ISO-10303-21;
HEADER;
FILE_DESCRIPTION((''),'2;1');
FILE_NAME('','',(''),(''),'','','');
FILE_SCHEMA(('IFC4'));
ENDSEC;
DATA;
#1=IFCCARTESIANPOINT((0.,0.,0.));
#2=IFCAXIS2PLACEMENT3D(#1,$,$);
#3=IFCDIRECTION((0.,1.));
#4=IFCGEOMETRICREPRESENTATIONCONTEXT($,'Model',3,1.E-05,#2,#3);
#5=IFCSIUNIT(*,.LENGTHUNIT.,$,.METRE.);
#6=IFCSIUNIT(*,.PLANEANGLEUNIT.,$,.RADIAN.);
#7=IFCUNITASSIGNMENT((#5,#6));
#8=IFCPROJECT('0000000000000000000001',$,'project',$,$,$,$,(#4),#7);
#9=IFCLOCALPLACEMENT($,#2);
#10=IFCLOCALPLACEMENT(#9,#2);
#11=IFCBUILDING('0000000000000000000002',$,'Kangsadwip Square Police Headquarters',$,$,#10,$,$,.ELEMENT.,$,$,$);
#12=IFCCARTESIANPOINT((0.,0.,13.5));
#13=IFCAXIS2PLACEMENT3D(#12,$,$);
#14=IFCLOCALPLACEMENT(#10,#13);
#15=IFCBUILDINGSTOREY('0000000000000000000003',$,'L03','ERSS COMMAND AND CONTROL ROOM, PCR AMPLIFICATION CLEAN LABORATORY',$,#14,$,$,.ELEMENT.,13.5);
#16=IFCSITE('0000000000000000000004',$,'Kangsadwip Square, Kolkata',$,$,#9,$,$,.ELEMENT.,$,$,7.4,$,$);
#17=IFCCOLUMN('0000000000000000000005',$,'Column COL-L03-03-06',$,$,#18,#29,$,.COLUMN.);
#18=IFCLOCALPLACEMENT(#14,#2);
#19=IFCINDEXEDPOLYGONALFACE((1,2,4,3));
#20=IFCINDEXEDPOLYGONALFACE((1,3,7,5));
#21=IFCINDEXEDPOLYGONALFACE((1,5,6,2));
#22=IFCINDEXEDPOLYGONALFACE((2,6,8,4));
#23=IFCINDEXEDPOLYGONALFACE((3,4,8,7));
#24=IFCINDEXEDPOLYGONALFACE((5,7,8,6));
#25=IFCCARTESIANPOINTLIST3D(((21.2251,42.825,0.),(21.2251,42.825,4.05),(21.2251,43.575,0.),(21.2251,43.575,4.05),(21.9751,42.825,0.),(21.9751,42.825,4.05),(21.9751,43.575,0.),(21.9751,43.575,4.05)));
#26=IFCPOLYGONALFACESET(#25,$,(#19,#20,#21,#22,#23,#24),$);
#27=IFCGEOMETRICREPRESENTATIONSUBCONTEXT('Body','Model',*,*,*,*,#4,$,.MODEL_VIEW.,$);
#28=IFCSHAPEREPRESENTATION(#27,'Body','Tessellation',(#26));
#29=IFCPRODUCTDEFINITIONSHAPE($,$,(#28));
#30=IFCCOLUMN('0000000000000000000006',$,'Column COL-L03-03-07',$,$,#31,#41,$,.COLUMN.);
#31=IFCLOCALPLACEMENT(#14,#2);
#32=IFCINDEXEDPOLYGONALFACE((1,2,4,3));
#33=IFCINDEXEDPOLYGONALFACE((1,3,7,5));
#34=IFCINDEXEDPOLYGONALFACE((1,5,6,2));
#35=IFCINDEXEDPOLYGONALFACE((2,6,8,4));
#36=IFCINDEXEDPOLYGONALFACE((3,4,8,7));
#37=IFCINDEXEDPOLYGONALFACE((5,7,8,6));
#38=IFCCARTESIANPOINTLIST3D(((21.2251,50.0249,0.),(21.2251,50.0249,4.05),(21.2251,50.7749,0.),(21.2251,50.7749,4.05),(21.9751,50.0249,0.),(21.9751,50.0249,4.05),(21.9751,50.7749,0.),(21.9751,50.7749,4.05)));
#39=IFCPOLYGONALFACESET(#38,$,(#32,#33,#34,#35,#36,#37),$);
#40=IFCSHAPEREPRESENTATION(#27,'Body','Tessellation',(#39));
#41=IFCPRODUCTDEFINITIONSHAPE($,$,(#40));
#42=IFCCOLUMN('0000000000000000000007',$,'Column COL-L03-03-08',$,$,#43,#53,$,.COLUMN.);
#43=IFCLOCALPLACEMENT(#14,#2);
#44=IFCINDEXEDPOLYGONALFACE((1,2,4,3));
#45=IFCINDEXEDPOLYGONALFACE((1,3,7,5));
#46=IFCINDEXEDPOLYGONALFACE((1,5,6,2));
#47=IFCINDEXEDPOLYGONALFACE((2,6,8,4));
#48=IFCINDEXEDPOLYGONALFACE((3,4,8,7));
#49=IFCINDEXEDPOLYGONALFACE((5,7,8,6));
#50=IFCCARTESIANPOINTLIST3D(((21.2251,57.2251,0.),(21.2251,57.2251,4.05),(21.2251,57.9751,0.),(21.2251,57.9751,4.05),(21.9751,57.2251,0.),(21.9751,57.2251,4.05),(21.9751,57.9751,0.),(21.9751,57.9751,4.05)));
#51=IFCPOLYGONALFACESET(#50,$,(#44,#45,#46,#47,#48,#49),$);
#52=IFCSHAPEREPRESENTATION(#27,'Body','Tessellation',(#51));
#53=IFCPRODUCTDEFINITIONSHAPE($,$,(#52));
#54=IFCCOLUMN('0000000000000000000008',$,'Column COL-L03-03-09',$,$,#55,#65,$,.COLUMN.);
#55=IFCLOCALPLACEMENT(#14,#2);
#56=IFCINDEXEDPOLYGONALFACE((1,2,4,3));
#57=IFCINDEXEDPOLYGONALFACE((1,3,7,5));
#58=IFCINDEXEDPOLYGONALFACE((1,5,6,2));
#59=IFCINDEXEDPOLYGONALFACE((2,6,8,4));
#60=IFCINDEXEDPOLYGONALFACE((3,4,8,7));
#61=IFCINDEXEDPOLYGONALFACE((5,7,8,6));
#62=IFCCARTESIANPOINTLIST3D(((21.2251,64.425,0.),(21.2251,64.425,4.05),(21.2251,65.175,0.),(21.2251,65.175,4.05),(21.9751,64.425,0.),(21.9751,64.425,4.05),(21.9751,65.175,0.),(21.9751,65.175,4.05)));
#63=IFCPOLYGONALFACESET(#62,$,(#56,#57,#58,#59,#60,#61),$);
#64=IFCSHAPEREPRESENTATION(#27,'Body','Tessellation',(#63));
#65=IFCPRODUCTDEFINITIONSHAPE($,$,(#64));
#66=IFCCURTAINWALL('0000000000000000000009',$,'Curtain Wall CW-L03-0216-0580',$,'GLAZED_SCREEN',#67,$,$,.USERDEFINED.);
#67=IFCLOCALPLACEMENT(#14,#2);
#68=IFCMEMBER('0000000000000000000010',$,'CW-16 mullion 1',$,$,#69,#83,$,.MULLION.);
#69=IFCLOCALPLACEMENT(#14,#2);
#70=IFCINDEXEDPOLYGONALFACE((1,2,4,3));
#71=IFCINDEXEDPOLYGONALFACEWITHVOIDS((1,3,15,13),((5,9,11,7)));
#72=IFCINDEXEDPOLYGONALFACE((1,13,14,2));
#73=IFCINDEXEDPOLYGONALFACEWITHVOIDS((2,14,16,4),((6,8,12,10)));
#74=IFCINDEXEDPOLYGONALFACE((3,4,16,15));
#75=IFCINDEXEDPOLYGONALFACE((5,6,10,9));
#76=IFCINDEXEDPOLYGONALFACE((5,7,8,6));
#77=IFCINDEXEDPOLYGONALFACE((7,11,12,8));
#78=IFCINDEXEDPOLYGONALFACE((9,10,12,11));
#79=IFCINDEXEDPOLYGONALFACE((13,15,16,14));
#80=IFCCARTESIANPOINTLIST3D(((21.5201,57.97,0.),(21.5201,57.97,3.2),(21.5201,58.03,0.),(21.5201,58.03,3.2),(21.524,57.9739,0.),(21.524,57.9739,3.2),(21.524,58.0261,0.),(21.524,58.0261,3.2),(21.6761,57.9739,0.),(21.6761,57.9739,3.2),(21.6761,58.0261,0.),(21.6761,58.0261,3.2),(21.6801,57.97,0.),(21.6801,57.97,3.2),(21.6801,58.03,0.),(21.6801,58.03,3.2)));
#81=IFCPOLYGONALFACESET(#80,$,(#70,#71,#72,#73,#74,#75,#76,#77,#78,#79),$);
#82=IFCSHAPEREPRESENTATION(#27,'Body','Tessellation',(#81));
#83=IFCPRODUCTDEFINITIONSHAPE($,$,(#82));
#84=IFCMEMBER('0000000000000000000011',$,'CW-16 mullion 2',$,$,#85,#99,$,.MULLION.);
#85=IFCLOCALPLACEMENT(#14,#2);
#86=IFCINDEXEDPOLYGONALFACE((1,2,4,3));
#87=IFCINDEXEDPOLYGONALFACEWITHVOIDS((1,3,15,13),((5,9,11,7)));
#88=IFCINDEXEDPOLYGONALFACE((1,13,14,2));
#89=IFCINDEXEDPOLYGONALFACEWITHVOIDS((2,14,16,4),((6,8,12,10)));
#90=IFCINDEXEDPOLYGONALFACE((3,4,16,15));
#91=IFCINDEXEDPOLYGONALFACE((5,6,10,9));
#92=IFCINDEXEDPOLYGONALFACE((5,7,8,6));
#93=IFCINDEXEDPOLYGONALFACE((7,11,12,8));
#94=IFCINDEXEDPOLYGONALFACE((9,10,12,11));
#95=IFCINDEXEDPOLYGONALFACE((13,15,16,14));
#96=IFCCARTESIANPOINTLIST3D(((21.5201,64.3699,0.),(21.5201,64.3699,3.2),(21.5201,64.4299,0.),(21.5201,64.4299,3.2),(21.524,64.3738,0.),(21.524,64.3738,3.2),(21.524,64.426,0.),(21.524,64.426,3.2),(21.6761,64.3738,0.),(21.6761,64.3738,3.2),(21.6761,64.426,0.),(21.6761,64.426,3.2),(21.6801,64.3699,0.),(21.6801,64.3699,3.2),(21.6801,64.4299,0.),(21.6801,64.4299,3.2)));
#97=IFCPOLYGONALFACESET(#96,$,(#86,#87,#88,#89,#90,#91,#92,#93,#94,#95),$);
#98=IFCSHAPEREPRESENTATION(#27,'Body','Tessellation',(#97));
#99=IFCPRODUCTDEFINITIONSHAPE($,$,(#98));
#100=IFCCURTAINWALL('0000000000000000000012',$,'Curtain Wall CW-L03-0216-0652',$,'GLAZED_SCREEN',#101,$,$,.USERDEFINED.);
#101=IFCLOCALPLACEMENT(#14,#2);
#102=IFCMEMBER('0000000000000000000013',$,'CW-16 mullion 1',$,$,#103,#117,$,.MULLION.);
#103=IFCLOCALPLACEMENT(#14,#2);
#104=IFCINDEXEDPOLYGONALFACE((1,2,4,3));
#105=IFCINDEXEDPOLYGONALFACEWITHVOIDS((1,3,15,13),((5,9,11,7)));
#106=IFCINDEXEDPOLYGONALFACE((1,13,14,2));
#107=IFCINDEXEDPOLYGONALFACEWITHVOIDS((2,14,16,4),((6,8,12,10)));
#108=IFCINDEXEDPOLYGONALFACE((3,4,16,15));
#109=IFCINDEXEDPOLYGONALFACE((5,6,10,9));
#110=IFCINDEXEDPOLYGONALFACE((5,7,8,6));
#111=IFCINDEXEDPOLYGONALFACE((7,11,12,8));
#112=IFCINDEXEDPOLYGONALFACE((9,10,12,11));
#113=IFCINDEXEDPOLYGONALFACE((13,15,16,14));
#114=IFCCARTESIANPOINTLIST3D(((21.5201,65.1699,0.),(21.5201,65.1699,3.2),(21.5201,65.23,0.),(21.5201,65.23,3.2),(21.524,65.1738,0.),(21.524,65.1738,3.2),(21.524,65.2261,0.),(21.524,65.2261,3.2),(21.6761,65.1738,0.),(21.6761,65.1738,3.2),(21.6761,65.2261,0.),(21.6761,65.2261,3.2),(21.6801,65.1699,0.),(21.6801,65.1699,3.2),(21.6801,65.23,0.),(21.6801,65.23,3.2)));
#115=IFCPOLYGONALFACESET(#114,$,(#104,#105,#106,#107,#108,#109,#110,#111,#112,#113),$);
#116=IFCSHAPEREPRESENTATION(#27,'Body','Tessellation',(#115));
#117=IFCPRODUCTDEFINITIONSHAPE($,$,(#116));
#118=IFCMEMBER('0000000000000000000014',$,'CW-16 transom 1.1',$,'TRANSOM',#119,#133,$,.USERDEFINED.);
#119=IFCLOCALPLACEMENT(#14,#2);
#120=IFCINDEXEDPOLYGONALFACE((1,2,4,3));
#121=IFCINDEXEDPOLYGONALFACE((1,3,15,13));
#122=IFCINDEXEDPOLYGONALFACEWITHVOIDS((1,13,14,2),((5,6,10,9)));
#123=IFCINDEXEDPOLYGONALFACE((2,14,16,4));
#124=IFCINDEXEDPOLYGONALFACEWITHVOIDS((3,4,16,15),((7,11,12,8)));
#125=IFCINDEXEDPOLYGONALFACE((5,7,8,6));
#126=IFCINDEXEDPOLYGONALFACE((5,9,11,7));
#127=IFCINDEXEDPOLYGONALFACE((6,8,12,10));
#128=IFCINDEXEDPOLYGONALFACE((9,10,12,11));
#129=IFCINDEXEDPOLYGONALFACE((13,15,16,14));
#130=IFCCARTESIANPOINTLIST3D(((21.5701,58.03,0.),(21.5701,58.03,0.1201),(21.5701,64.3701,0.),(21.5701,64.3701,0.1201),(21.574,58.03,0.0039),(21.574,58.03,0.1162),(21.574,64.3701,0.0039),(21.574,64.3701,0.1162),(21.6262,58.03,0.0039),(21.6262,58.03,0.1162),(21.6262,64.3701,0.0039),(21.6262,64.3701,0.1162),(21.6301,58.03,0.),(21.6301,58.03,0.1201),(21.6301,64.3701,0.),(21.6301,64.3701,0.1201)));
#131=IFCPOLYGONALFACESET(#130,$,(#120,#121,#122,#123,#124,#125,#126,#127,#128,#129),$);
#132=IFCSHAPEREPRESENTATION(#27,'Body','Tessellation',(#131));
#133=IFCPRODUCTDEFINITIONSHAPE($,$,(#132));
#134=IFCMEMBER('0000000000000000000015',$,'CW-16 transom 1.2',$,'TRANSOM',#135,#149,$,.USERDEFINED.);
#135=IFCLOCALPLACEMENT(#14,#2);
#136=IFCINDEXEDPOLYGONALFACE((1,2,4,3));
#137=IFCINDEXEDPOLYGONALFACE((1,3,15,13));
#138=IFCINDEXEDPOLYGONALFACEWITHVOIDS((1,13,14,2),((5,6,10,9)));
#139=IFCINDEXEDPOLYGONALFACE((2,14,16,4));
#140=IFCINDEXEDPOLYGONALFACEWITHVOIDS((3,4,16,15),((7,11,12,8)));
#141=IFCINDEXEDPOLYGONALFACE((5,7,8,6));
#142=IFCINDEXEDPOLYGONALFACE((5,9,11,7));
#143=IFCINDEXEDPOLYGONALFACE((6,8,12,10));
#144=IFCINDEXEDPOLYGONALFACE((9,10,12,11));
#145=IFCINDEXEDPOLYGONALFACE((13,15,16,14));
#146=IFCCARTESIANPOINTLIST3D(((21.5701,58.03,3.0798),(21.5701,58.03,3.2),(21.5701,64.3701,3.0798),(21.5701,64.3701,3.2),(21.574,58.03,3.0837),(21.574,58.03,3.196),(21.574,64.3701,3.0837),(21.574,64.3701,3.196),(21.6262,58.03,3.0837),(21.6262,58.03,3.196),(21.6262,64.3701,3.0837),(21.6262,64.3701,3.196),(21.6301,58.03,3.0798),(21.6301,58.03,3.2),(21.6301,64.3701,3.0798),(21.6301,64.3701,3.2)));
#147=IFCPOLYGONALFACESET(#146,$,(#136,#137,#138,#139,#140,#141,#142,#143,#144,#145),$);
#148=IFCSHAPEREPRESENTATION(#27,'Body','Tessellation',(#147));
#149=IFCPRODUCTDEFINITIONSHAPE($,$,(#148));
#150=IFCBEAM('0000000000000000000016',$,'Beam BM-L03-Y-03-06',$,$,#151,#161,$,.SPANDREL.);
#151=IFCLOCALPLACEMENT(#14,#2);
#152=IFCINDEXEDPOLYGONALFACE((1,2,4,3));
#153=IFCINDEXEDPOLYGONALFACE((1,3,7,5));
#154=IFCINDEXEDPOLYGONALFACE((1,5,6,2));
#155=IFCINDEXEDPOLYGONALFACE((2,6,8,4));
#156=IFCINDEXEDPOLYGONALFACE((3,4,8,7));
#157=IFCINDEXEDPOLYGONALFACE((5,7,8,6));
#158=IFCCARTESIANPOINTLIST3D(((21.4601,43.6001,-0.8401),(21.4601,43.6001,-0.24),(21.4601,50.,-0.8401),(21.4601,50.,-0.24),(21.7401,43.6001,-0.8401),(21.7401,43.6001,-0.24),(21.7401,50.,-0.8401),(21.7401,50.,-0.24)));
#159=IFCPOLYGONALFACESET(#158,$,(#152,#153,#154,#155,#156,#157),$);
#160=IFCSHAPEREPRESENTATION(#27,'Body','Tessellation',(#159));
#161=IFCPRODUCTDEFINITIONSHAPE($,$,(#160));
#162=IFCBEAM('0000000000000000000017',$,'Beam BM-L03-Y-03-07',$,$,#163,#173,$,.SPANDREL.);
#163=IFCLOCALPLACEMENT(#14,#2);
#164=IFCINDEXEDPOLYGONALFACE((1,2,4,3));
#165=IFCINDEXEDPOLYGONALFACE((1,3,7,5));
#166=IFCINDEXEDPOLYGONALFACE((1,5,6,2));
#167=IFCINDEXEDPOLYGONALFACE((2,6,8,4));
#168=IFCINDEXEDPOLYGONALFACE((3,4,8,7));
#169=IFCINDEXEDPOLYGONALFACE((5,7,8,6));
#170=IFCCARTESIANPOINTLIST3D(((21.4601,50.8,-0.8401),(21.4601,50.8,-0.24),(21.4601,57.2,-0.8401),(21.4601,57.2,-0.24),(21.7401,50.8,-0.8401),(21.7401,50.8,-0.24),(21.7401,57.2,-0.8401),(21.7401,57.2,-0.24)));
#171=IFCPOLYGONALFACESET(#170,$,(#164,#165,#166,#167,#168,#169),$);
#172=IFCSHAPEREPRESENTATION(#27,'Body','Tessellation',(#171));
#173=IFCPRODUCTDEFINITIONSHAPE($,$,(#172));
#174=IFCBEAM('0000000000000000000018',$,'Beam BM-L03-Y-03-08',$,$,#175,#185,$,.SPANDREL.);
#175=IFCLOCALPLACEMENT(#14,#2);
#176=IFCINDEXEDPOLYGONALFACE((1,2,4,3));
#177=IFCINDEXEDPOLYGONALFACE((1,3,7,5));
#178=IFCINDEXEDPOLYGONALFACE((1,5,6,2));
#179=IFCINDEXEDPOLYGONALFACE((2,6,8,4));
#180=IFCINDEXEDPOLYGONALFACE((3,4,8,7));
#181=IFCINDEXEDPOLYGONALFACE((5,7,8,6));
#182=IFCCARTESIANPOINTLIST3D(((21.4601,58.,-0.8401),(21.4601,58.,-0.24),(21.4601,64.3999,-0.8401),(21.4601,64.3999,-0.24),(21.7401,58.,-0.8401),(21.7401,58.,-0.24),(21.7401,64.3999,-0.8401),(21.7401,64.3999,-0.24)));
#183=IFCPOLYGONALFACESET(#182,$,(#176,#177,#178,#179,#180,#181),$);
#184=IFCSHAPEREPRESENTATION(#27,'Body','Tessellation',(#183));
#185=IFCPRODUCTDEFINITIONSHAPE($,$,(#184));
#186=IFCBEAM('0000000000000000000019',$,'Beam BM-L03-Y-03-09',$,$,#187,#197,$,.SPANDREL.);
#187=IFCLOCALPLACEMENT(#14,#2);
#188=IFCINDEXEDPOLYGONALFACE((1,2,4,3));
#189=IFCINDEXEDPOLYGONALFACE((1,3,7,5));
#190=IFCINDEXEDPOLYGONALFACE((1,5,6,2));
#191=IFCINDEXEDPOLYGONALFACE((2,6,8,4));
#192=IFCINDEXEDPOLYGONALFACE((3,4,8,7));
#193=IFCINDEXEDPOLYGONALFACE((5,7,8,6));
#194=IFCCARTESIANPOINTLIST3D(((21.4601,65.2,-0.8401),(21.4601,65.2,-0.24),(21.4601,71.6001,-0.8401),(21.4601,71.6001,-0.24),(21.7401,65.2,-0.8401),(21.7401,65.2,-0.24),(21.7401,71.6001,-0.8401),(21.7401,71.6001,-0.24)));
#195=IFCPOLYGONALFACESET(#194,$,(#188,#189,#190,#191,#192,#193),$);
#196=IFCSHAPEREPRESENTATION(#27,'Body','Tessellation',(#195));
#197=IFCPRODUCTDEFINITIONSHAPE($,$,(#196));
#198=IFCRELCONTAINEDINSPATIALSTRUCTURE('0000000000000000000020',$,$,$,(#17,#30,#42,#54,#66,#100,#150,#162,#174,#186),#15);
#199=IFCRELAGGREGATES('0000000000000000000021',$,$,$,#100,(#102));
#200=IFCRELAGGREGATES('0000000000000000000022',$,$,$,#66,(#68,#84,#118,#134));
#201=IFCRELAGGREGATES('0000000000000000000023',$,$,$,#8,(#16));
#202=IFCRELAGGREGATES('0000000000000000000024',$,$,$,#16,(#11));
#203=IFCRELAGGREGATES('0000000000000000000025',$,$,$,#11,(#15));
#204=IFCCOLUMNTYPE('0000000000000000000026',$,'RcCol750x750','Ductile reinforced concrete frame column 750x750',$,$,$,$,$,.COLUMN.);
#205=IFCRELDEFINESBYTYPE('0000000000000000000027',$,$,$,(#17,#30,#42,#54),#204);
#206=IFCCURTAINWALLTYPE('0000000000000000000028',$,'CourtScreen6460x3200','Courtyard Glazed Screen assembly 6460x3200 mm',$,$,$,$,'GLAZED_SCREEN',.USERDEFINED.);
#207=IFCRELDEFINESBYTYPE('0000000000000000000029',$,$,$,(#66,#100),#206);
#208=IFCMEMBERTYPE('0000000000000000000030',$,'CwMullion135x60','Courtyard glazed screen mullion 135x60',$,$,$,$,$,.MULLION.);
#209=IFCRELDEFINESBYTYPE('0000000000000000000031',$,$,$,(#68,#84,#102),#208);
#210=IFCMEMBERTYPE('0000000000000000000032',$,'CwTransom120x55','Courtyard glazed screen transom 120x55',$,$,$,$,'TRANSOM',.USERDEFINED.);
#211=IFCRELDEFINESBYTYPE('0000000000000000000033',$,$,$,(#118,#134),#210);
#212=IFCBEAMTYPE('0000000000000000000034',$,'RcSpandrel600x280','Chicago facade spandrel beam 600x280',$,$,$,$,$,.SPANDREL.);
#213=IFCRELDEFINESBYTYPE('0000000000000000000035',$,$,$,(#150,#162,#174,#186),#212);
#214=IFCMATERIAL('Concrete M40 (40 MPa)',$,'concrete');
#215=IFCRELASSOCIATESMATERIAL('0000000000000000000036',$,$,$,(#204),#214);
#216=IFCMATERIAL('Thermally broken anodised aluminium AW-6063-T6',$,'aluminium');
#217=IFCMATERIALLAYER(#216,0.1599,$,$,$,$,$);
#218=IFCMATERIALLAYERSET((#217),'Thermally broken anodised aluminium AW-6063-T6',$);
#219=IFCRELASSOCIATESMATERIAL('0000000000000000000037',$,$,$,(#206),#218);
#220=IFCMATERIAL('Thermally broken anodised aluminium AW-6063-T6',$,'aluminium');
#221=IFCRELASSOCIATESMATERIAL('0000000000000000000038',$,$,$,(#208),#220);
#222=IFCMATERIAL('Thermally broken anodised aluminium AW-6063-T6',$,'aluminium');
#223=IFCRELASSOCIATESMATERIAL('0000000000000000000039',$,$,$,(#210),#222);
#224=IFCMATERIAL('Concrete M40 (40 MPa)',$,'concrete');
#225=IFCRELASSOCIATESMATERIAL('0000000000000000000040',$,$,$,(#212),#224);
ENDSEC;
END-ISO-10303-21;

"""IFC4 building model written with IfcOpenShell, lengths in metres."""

from ifc_helpers import new_model, si_unit, direction, frame, origin, origin_2d, place, context, subcontext, project, spatial, rectangle, hollow_rectangle, extrude, material, layer, layer_set, material_profile, profile_set, type_object, element, aggregate, save


model = new_model("IFC4")

# Units and contexts
model_context = context("Model", 3, precision=1e-05, world=origin(), true_north=direction((0.0, 1.0)))
body_context = subcontext(model_context, "Body", "Model", "MODEL_VIEW")
ifc_project = project(units=[si_unit("LENGTHUNIT", "METRE"), si_unit("PLANEANGLEUNIT", "RADIAN")], contexts=[model_context])

# Site, building, storey
site_placement = place(None, origin())
site = spatial("IfcSite", under=ifc_project, at=site_placement, Name="Kangsadwip Square, Kolkata", CompositionType="ELEMENT", RefElevation=7.4)
building_placement = place(site_placement, origin())
building = spatial("IfcBuilding", under=site, at=building_placement, Name="Kangsadwip Square Police Headquarters", CompositionType="ELEMENT")
storey_placement = place(building_placement, frame((0.0, 0.0, 13.5)))
storey = spatial("IfcBuildingStorey", under=building, at=storey_placement, Name="L03", Description="ERSS COMMAND AND CONTROL ROOM, PCR AMPLIFICATION CLEAN LABORATORY", CompositionType="ELEMENT", Elevation=13.5)

# Columns
ifc_material_1 = material(Name="Concrete M40 (40 MPa)", Category="concrete")
ifc_material_profile_1 = material_profile(ifc_material_1, rectangle(XDim=0.75, YDim=0.75, at=origin_2d()), Name="RC COL 750X750")
ifc_profile_set_1 = profile_set([ifc_material_profile_1], Name="Concrete M40 (40 MPa)")
column_type = type_object("IfcColumnType", Name="RcCol750x750", Description="Ductile reinforced concrete frame column 750x750", PredefinedType="COLUMN", material=ifc_profile_set_1)
for number, where, z_axis, x_axis, name in (
    (1, (21.6001, 43.2, 0.0), (0.0, 0.0, 1.0), (1.0, 0.0, 0.0), "Column COL-L03-03-06"),
    (2, (21.6001, 50.3999, 0.0), (0.0, 0.0, 1.0), (1.0, 0.0, 0.0), "Column COL-L03-03-07"),
    (3, (21.6001, 57.6001, 0.0), (0.0, 0.0, 1.0), (1.0, 0.0, 0.0), "Column COL-L03-03-08"),
    (4, (21.6001, 64.8, 0.0), (0.0, 0.0, 1.0), (1.0, 0.0, 0.0), "Column COL-L03-03-09"),
):
    element("IfcColumn", number, at=place(storey_placement, frame(where, z_axis=z_axis, x_axis=x_axis)), inside=storey, type_object=column_type, Name=name, PredefinedType="COLUMN", context=body_context, shape_type="SweptSolid", body=[
        extrude(rectangle(XDim=0.75, YDim=0.75, at=origin_2d()), origin(), (0.0, 0.0, 1.0), 4.05),
    ])

# Curtain wall, members
ifc_material_2 = material(Name="Thermally broken anodised aluminium AW-6063-T6", Category="aluminium")
ifc_layer_1 = layer(ifc_material_2, 0.1599)
ifc_layer_set_1 = layer_set([ifc_layer_1], Name="Thermally broken anodised aluminium AW-6063-T6")
curtain_wall_type = type_object("IfcCurtainWallType", Name="CourtScreen6460x3200", Description="Courtyard Glazed Screen assembly 6460x3200 mm", ElementType="GLAZED_SCREEN", PredefinedType="USERDEFINED", material=ifc_layer_set_1)
curtain_wall_1_placement = place(storey_placement, origin())
curtain_wall_1 = element("IfcCurtainWall", 5, at=curtain_wall_1_placement, inside=storey, type_object=curtain_wall_type, Name="Curtain Wall CW-L03-0216-0580", ObjectType="GLAZED_SCREEN", PredefinedType="USERDEFINED")
ifc_material_3 = material(Name="Thermally broken anodised aluminium AW-6063-T6", Category="aluminium")
ifc_material_profile_2 = material_profile(ifc_material_3, hollow_rectangle(XDim=0.0601, YDim=0.1599, WallThickness=0.0039, at=origin_2d()), Name="CWM 160X60X4")
ifc_profile_set_2 = profile_set([ifc_material_profile_2], Name="Thermally broken anodised aluminium AW-6063-T6")
member_type_1 = type_object("IfcMemberType", Name="CwMullion135x60", Description="Courtyard glazed screen mullion 135x60", PredefinedType="MULLION", material=ifc_profile_set_2)
member_1_placement = place(storey_placement, frame((21.6001, 58.0, 0.0), z_axis=(0.0, 0.0, 1.0), x_axis=(0.0, 1.0, 0.0)))
member_1 = element("IfcMember", 6, at=member_1_placement, type_object=member_type_1, Name="CW-16 mullion 1", PredefinedType="MULLION", context=body_context, shape_type="SweptSolid", body=[
    extrude(hollow_rectangle(XDim=0.0601, YDim=0.1599, WallThickness=0.0039, at=origin_2d()), origin(), (0.0, 0.0, 1.0), 3.2),
])
member_2_placement = place(storey_placement, frame((21.6001, 64.3999, 0.0), z_axis=(0.0, 0.0, 1.0), x_axis=(0.0, 1.0, 0.0)))
member_2 = element("IfcMember", 7, at=member_2_placement, type_object=member_type_1, Name="CW-16 mullion 2", PredefinedType="MULLION", context=body_context, shape_type="SweptSolid", body=[
    extrude(hollow_rectangle(XDim=0.0601, YDim=0.1599, WallThickness=0.0039, at=origin_2d()), origin(), (0.0, 0.0, 1.0), 3.2),
])

# Curtain wall, member
curtain_wall_2_placement = place(storey_placement, origin())
curtain_wall_2 = element("IfcCurtainWall", 8, at=curtain_wall_2_placement, inside=storey, type_object=curtain_wall_type, Name="Curtain Wall CW-L03-0216-0652", ObjectType="GLAZED_SCREEN", PredefinedType="USERDEFINED")
member_3_placement = place(storey_placement, frame((21.6001, 65.2, 0.0), z_axis=(0.0, 0.0, 1.0), x_axis=(0.0, 1.0, 0.0)))
member_3 = element("IfcMember", 9, at=member_3_placement, type_object=member_type_1, Name="CW-16 mullion 1", PredefinedType="MULLION", context=body_context, shape_type="SweptSolid", body=[
    extrude(hollow_rectangle(XDim=0.0601, YDim=0.1599, WallThickness=0.0039, at=origin_2d()), origin(), (0.0, 0.0, 1.0), 3.2),
])
aggregate(curtain_wall_2, [member_3])

# Members
ifc_material_4 = material(Name="Thermally broken anodised aluminium AW-6063-T6", Category="aluminium")
ifc_material_profile_3 = material_profile(ifc_material_4, hollow_rectangle(XDim=0.0601, YDim=0.1201, WallThickness=0.0039, at=origin_2d()), Name="CWT 120X60X4")
ifc_profile_set_3 = profile_set([ifc_material_profile_3], Name="Thermally broken anodised aluminium AW-6063-T6")
member_type_2 = type_object("IfcMemberType", Name="CwTransom120x55", Description="Courtyard glazed screen transom 120x55", ElementType="TRANSOM", PredefinedType="USERDEFINED", material=ifc_profile_set_3)
member_4_placement = place(storey_placement, frame((21.6001, 58.03, 0.0601), z_axis=(0.0, 1.0, 0.0), x_axis=(-1.0, 0.0, 0.0)))
member_4 = element("IfcMember", 10, at=member_4_placement, type_object=member_type_2, Name="CW-16 transom 1.1", ObjectType="TRANSOM", PredefinedType="USERDEFINED", context=body_context, shape_type="SweptSolid", body=[
    extrude(hollow_rectangle(XDim=0.0601, YDim=0.1201, WallThickness=0.0039, at=origin_2d()), origin(), (0.0, 0.0, 1.0), 6.3401),
])
member_5_placement = place(storey_placement, frame((21.6001, 58.03, 3.1399), z_axis=(0.0, 1.0, 0.0), x_axis=(-1.0, 0.0, 0.0)))
member_5 = element("IfcMember", 11, at=member_5_placement, type_object=member_type_2, Name="CW-16 transom 1.2", ObjectType="TRANSOM", PredefinedType="USERDEFINED", context=body_context, shape_type="SweptSolid", body=[
    extrude(hollow_rectangle(XDim=0.0601, YDim=0.1201, WallThickness=0.0039, at=origin_2d()), origin(), (0.0, 0.0, 1.0), 6.3401),
])

# Beams
ifc_material_5 = material(Name="Concrete M40 (40 MPa)", Category="concrete")
ifc_material_profile_4 = material_profile(ifc_material_5, rectangle(XDim=0.28, YDim=0.6001, at=origin_2d()), Name="RC SPN 600X280")
ifc_profile_set_4 = profile_set([ifc_material_profile_4], Name="Concrete M40 (40 MPa)")
beam_type = type_object("IfcBeamType", Name="RcSpandrel600x280", Description="Chicago facade spandrel beam 600x280", PredefinedType="SPANDREL", material=ifc_profile_set_4)
for number, where, z_axis, x_axis, name in (
    (12, (21.6001, 43.6001, -0.54), (0.0, 1.0, 0.0), (-1.0, 0.0, 0.0), "Beam BM-L03-Y-03-06"),
    (13, (21.6001, 50.8, -0.54), (0.0, 1.0, 0.0), (-1.0, 0.0, 0.0), "Beam BM-L03-Y-03-07"),
    (14, (21.6001, 58.0, -0.54), (0.0, 1.0, 0.0), (-1.0, 0.0, 0.0), "Beam BM-L03-Y-03-08"),
):
    element("IfcBeam", number, at=place(storey_placement, frame(where, z_axis=z_axis, x_axis=x_axis)), inside=storey, type_object=beam_type, Name=name, PredefinedType="SPANDREL", context=body_context, shape_type="SweptSolid", body=[
        extrude(rectangle(XDim=0.28, YDim=0.6001, at=origin_2d()), origin(), (0.0, 0.0, 1.0), 6.3999),
    ])
beam_placement = place(storey_placement, frame((21.6001, 65.2, -0.54), z_axis=(0.0, 1.0, 0.0), x_axis=(-1.0, 0.0, 0.0)))
element("IfcBeam", 15, at=beam_placement, inside=storey, type_object=beam_type, Name="Beam BM-L03-Y-03-09", PredefinedType="SPANDREL", context=body_context, shape_type="SweptSolid", body=[
    extrude(rectangle(XDim=0.28, YDim=0.6001, at=origin_2d()), origin(), (0.0, 0.0, 1.0), 6.4001),
])

aggregate(curtain_wall_1, [member_1, member_2, member_4, member_5])

save(model, "model.ifc")
